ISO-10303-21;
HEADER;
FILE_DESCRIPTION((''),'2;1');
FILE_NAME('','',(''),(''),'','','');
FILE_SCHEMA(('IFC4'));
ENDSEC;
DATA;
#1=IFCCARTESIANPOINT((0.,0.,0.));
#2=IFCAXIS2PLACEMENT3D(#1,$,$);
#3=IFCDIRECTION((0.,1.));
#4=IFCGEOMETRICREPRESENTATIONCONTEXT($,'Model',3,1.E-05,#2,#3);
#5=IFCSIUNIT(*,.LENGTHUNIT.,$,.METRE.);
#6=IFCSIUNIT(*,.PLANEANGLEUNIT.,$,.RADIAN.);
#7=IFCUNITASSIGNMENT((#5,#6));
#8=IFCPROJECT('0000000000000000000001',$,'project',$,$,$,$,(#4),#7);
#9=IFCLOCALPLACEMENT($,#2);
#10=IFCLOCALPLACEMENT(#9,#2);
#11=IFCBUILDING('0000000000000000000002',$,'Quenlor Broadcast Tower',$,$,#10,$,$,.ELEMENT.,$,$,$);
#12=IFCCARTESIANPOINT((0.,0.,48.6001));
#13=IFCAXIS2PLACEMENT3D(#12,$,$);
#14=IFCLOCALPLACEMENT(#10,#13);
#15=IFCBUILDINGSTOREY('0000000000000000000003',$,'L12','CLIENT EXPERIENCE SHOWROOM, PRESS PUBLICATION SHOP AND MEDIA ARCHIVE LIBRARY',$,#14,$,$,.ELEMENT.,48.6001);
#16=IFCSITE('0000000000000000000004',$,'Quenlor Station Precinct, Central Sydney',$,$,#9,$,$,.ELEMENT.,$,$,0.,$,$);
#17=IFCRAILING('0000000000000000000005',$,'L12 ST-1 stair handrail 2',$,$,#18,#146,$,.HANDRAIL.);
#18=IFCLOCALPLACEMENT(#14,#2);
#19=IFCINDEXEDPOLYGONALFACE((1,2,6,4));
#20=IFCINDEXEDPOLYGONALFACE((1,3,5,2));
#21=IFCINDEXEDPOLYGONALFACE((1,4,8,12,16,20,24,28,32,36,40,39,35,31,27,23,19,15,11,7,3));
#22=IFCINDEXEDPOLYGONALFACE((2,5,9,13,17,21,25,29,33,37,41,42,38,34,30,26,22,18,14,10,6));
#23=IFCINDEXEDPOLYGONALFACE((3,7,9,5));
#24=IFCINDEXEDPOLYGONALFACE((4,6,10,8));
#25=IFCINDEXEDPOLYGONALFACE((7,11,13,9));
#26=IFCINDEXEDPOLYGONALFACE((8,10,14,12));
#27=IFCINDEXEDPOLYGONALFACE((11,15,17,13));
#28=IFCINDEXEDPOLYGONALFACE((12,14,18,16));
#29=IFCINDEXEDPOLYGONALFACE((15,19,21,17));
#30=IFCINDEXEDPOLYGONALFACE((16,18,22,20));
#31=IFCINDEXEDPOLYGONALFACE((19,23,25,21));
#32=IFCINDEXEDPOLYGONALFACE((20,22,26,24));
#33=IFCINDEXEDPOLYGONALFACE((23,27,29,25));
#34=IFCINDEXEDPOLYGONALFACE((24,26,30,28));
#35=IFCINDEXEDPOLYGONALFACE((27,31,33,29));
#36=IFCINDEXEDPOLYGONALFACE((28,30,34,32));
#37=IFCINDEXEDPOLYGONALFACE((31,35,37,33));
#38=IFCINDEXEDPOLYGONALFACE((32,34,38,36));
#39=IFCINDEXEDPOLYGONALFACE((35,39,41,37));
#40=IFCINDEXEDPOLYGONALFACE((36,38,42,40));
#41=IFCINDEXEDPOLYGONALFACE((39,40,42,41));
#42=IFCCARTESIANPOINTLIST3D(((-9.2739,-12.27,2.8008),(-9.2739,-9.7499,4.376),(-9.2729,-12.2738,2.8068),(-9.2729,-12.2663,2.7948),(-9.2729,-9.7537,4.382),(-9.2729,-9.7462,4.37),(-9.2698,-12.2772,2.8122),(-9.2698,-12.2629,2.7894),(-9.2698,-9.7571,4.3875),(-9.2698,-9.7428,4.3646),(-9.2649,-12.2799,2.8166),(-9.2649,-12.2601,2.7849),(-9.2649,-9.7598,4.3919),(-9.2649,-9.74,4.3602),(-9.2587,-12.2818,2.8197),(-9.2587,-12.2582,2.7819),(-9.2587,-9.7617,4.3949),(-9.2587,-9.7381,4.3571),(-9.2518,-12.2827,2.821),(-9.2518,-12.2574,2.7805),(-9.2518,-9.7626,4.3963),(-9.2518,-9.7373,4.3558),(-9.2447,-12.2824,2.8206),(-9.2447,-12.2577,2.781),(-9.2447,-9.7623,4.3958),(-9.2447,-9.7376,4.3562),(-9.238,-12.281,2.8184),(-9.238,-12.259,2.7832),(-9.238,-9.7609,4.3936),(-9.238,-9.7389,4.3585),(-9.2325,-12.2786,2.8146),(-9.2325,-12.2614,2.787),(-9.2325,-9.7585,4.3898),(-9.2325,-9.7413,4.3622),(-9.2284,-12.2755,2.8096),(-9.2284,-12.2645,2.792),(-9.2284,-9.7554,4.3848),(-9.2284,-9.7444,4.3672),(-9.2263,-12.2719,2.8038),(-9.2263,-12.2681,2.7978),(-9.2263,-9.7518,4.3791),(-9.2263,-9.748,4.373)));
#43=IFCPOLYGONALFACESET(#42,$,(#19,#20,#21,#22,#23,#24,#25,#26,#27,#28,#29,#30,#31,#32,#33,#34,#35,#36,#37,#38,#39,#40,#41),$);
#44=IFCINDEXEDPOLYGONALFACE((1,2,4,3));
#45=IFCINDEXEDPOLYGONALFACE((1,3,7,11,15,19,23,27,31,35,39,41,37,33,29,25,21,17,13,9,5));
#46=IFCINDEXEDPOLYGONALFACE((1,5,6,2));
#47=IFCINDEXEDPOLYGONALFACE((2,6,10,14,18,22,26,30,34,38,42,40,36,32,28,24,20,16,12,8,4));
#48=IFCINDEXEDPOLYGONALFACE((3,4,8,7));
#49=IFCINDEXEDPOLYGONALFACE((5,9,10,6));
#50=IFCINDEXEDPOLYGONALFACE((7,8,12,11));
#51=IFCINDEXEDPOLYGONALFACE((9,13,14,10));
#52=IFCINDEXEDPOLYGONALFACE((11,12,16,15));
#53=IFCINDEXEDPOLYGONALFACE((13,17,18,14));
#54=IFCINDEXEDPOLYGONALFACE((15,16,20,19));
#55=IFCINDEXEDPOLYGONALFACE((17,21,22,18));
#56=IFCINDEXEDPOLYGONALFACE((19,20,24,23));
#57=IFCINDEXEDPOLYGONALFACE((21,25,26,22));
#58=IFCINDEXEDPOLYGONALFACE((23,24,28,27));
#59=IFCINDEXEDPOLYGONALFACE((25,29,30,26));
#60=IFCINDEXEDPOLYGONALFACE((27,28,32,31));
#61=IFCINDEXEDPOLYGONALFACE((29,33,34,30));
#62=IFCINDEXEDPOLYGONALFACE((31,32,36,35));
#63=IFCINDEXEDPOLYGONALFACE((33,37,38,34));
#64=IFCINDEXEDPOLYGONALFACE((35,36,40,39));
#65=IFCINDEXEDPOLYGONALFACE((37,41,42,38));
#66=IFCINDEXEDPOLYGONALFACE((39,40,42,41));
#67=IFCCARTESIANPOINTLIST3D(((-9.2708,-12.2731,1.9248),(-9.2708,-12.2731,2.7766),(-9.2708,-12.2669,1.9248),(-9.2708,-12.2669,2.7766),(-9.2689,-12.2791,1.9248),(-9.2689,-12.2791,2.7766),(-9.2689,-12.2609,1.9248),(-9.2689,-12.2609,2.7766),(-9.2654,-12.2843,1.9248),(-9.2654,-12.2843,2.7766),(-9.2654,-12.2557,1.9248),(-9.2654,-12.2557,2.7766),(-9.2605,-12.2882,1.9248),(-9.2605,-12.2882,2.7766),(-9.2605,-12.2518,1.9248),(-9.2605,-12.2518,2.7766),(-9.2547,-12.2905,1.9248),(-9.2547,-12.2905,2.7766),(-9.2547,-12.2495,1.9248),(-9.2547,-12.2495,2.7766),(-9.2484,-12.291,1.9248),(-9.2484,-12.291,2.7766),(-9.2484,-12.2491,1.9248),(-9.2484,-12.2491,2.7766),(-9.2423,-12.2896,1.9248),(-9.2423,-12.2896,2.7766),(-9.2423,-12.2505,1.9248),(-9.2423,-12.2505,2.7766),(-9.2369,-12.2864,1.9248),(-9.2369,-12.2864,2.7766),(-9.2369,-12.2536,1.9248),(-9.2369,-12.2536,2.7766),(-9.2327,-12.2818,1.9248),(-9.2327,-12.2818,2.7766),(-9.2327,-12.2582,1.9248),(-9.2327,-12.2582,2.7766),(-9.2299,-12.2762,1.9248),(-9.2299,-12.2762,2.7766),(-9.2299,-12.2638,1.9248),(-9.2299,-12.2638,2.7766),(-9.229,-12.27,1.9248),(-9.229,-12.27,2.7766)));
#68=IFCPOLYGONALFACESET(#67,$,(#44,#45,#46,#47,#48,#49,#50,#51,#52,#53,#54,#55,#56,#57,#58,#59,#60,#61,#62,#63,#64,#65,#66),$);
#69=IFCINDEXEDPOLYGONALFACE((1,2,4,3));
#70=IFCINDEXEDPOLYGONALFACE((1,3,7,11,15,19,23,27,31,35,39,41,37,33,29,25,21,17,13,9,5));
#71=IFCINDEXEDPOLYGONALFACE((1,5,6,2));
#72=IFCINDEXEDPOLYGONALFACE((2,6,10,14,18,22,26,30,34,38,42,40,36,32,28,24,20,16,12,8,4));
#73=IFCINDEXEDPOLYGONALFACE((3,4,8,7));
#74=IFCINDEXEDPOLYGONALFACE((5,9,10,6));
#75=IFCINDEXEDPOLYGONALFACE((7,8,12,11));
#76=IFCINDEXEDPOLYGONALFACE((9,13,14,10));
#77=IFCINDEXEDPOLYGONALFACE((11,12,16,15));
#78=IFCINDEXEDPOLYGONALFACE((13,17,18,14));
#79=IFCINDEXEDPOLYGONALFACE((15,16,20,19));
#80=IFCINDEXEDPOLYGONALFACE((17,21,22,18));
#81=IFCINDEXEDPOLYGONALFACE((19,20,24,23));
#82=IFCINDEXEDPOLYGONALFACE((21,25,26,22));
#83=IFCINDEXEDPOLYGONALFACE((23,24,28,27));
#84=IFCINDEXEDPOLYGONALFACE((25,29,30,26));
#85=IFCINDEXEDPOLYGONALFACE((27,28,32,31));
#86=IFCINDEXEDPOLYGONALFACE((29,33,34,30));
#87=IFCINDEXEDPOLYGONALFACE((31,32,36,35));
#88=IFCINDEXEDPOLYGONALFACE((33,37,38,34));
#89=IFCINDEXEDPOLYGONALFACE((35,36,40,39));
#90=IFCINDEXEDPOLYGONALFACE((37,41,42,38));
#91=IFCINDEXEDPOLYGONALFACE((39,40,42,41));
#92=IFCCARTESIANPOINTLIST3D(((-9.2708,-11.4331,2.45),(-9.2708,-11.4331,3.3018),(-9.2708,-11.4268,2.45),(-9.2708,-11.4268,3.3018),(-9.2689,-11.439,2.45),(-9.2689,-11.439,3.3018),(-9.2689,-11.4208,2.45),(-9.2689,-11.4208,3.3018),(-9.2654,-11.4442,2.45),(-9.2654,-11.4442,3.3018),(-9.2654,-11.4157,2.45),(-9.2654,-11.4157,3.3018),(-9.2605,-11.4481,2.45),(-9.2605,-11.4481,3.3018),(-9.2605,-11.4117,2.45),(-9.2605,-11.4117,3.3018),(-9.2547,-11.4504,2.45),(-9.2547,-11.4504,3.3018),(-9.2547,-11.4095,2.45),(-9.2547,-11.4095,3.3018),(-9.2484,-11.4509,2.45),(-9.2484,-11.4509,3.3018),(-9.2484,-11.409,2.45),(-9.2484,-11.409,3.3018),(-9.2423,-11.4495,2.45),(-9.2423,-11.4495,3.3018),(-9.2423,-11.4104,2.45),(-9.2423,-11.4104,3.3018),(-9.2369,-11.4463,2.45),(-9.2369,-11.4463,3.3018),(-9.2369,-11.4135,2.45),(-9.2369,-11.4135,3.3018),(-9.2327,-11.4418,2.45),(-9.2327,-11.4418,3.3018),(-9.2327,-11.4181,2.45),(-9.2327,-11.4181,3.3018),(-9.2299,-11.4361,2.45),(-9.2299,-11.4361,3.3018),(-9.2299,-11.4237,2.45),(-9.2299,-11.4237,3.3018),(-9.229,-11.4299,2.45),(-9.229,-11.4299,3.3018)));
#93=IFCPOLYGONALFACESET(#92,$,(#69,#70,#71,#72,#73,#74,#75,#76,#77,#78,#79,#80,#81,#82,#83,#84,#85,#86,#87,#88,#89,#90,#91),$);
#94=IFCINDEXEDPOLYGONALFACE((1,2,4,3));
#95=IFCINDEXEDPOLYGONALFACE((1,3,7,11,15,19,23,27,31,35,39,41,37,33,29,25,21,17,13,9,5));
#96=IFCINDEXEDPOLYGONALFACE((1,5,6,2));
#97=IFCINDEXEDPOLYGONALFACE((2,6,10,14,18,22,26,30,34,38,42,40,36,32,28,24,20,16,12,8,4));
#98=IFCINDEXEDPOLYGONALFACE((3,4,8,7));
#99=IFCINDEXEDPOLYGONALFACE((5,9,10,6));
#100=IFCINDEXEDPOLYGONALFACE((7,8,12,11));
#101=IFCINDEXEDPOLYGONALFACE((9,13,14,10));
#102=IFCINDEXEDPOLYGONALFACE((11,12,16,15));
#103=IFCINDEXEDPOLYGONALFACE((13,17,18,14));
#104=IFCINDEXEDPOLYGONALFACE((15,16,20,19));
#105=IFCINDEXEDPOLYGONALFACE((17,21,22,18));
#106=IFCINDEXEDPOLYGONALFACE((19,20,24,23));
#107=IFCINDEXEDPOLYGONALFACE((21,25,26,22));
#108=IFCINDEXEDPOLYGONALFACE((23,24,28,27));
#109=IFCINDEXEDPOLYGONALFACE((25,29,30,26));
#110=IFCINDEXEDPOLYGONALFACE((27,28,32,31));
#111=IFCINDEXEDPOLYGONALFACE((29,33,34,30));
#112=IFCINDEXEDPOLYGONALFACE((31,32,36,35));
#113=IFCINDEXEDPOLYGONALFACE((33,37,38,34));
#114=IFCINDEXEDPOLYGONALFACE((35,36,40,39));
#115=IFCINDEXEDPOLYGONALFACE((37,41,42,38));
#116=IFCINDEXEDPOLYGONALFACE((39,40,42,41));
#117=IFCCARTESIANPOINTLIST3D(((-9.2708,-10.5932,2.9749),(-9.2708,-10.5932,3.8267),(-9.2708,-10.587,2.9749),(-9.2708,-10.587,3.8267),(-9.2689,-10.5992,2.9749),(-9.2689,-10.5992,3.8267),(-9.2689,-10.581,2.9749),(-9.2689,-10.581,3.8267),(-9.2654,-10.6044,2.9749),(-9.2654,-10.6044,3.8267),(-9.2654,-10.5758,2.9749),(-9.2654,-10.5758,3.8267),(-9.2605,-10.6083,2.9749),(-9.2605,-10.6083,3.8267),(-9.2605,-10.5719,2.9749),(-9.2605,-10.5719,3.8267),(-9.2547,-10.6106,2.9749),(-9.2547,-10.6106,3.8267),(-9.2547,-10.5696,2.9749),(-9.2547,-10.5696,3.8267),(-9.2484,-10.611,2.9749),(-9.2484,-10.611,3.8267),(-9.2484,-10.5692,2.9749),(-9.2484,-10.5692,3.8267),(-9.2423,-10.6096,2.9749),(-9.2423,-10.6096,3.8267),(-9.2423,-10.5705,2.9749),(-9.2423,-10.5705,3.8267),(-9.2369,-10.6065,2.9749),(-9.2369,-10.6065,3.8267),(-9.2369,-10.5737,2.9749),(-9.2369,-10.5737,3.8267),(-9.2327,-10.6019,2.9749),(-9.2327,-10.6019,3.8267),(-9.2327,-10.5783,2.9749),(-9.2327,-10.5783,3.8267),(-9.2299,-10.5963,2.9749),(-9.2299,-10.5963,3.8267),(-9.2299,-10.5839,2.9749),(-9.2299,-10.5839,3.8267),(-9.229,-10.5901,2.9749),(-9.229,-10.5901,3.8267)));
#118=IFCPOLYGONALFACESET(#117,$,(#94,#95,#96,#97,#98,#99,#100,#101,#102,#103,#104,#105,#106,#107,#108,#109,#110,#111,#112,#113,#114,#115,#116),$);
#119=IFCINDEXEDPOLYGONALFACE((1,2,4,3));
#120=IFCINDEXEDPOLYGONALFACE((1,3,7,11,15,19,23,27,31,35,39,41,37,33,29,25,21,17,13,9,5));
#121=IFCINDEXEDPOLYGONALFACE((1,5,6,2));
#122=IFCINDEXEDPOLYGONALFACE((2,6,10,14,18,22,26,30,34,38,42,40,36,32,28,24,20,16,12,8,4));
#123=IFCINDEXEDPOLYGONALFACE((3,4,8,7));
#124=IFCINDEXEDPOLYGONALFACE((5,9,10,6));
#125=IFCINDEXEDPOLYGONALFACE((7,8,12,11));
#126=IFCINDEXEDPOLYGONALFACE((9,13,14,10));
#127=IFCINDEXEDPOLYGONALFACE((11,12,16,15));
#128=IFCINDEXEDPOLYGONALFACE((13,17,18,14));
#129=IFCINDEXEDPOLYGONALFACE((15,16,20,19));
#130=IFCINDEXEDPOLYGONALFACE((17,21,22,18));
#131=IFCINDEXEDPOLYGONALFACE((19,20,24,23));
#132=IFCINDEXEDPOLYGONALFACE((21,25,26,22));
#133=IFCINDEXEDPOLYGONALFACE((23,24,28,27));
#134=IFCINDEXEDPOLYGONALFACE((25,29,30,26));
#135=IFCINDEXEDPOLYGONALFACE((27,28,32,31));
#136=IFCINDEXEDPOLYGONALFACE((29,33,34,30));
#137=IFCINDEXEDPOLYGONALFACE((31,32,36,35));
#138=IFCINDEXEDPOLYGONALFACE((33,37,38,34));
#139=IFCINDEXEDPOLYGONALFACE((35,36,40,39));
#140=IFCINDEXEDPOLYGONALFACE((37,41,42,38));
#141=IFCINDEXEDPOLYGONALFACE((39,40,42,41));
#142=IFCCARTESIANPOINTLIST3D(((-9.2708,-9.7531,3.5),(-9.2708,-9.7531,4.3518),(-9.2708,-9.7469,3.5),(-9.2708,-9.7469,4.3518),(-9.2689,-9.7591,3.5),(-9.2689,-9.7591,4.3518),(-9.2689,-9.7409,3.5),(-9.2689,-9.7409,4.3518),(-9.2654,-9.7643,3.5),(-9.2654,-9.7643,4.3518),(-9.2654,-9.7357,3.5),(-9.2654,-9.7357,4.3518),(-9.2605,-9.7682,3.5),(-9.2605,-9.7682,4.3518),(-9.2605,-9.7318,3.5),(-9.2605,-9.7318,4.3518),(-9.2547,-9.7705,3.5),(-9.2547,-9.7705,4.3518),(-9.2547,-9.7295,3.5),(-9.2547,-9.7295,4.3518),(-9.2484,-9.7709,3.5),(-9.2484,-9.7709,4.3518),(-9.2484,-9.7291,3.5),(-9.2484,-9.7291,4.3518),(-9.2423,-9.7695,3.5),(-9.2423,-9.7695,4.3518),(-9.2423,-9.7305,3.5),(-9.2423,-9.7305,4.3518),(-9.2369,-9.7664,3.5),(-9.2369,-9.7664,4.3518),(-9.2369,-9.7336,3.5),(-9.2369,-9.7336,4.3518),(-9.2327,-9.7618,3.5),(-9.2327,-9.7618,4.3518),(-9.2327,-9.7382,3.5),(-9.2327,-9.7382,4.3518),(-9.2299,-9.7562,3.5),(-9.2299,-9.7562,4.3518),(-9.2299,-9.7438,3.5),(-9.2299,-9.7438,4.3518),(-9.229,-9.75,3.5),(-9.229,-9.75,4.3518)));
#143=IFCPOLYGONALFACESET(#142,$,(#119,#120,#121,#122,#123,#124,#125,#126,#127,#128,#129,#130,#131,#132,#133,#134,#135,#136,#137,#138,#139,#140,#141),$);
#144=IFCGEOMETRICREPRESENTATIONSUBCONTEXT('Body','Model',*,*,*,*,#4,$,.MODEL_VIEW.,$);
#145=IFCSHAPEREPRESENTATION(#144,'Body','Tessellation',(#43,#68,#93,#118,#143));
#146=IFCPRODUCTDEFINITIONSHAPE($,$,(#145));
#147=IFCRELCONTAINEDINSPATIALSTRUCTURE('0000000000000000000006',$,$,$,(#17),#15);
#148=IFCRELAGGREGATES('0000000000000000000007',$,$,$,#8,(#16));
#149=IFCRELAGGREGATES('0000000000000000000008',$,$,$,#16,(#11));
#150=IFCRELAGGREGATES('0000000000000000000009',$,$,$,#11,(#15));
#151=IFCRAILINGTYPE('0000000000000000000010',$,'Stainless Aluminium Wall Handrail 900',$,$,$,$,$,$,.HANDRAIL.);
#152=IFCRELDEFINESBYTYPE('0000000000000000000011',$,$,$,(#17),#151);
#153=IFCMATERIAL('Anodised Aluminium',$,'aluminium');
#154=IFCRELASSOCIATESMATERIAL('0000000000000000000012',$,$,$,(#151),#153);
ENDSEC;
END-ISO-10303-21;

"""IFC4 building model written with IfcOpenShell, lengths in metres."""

from ifc_helpers import new_model, si_unit, direction, frame, origin, origin_2d, place, context, subcontext, project, spatial, circle, extrude, material, type_object, element, save


model = new_model("IFC4")

# Units and contexts
model_context = context("Model", 3, precision=1e-05, world=origin(), true_north=direction((0.0, 1.0)))
body_context = subcontext(model_context, "Body", "Model", "MODEL_VIEW")
ifc_project = project(units=[si_unit("LENGTHUNIT", "METRE"), si_unit("PLANEANGLEUNIT", "RADIAN")], contexts=[model_context])

# Site, building, storey
site_placement = place(None, origin())
site = spatial("IfcSite", under=ifc_project, at=site_placement, Name="Quenlor Station Precinct, Central Sydney", CompositionType="ELEMENT", RefElevation=0.0)
building_placement = place(site_placement, origin())
building = spatial("IfcBuilding", under=site, at=building_placement, Name="Quenlor Broadcast Tower", CompositionType="ELEMENT")
storey_placement = place(building_placement, frame((0.0, 0.0, 48.6001)))
storey = spatial("IfcBuildingStorey", under=building, at=storey_placement, Name="L12", Description="CLIENT EXPERIENCE SHOWROOM, PRESS PUBLICATION SHOP AND MEDIA ARCHIVE LIBRARY", CompositionType="ELEMENT", Elevation=48.6001)

# Railing
ifc_material_1 = material(Name="Anodised Aluminium", Category="aluminium")
railing_type_1 = type_object("IfcRailingType", Name="Stainless Aluminium Wall Handrail 900", PredefinedType="HANDRAIL", material=ifc_material_1)
railing_1_placement = place(storey_placement, frame((-9.25, -12.27, 1.9248)))
element("IfcRailing", 1, at=railing_1_placement, inside=storey, type_object=railing_type_1, Name="L12 ST-1 stair handrail 2", PredefinedType="HANDRAIL", context=body_context, shape_type="SweptSolid", body=[
    extrude(circle(Radius=0.0239, at=origin_2d()), frame((0.0, 0.0, 0.876), z_axis=(0.0, 0.847971, 0.530043), x_axis=(-1.0, 0.0, 0.0)), (0.0, 0.0, 1.0), 2.9719),
    extrude(circle(Radius=0.021, at=origin_2d()), origin(), (0.0, 0.0, 1.0), 0.8518),
    extrude(circle(Radius=0.021, at=origin_2d()), frame((0.0, 0.8401, 0.5251)), (0.0, 0.0, 1.0), 0.8518),
    extrude(circle(Radius=0.021, at=origin_2d()), frame((0.0, 1.6799, 1.05)), (0.0, 0.0, 1.0), 0.8518),
    extrude(circle(Radius=0.021, at=origin_2d()), frame((0.0, 2.52, 1.5752)), (0.0, 0.0, 1.0), 0.8518),
])

save(model, "model.ifc")
